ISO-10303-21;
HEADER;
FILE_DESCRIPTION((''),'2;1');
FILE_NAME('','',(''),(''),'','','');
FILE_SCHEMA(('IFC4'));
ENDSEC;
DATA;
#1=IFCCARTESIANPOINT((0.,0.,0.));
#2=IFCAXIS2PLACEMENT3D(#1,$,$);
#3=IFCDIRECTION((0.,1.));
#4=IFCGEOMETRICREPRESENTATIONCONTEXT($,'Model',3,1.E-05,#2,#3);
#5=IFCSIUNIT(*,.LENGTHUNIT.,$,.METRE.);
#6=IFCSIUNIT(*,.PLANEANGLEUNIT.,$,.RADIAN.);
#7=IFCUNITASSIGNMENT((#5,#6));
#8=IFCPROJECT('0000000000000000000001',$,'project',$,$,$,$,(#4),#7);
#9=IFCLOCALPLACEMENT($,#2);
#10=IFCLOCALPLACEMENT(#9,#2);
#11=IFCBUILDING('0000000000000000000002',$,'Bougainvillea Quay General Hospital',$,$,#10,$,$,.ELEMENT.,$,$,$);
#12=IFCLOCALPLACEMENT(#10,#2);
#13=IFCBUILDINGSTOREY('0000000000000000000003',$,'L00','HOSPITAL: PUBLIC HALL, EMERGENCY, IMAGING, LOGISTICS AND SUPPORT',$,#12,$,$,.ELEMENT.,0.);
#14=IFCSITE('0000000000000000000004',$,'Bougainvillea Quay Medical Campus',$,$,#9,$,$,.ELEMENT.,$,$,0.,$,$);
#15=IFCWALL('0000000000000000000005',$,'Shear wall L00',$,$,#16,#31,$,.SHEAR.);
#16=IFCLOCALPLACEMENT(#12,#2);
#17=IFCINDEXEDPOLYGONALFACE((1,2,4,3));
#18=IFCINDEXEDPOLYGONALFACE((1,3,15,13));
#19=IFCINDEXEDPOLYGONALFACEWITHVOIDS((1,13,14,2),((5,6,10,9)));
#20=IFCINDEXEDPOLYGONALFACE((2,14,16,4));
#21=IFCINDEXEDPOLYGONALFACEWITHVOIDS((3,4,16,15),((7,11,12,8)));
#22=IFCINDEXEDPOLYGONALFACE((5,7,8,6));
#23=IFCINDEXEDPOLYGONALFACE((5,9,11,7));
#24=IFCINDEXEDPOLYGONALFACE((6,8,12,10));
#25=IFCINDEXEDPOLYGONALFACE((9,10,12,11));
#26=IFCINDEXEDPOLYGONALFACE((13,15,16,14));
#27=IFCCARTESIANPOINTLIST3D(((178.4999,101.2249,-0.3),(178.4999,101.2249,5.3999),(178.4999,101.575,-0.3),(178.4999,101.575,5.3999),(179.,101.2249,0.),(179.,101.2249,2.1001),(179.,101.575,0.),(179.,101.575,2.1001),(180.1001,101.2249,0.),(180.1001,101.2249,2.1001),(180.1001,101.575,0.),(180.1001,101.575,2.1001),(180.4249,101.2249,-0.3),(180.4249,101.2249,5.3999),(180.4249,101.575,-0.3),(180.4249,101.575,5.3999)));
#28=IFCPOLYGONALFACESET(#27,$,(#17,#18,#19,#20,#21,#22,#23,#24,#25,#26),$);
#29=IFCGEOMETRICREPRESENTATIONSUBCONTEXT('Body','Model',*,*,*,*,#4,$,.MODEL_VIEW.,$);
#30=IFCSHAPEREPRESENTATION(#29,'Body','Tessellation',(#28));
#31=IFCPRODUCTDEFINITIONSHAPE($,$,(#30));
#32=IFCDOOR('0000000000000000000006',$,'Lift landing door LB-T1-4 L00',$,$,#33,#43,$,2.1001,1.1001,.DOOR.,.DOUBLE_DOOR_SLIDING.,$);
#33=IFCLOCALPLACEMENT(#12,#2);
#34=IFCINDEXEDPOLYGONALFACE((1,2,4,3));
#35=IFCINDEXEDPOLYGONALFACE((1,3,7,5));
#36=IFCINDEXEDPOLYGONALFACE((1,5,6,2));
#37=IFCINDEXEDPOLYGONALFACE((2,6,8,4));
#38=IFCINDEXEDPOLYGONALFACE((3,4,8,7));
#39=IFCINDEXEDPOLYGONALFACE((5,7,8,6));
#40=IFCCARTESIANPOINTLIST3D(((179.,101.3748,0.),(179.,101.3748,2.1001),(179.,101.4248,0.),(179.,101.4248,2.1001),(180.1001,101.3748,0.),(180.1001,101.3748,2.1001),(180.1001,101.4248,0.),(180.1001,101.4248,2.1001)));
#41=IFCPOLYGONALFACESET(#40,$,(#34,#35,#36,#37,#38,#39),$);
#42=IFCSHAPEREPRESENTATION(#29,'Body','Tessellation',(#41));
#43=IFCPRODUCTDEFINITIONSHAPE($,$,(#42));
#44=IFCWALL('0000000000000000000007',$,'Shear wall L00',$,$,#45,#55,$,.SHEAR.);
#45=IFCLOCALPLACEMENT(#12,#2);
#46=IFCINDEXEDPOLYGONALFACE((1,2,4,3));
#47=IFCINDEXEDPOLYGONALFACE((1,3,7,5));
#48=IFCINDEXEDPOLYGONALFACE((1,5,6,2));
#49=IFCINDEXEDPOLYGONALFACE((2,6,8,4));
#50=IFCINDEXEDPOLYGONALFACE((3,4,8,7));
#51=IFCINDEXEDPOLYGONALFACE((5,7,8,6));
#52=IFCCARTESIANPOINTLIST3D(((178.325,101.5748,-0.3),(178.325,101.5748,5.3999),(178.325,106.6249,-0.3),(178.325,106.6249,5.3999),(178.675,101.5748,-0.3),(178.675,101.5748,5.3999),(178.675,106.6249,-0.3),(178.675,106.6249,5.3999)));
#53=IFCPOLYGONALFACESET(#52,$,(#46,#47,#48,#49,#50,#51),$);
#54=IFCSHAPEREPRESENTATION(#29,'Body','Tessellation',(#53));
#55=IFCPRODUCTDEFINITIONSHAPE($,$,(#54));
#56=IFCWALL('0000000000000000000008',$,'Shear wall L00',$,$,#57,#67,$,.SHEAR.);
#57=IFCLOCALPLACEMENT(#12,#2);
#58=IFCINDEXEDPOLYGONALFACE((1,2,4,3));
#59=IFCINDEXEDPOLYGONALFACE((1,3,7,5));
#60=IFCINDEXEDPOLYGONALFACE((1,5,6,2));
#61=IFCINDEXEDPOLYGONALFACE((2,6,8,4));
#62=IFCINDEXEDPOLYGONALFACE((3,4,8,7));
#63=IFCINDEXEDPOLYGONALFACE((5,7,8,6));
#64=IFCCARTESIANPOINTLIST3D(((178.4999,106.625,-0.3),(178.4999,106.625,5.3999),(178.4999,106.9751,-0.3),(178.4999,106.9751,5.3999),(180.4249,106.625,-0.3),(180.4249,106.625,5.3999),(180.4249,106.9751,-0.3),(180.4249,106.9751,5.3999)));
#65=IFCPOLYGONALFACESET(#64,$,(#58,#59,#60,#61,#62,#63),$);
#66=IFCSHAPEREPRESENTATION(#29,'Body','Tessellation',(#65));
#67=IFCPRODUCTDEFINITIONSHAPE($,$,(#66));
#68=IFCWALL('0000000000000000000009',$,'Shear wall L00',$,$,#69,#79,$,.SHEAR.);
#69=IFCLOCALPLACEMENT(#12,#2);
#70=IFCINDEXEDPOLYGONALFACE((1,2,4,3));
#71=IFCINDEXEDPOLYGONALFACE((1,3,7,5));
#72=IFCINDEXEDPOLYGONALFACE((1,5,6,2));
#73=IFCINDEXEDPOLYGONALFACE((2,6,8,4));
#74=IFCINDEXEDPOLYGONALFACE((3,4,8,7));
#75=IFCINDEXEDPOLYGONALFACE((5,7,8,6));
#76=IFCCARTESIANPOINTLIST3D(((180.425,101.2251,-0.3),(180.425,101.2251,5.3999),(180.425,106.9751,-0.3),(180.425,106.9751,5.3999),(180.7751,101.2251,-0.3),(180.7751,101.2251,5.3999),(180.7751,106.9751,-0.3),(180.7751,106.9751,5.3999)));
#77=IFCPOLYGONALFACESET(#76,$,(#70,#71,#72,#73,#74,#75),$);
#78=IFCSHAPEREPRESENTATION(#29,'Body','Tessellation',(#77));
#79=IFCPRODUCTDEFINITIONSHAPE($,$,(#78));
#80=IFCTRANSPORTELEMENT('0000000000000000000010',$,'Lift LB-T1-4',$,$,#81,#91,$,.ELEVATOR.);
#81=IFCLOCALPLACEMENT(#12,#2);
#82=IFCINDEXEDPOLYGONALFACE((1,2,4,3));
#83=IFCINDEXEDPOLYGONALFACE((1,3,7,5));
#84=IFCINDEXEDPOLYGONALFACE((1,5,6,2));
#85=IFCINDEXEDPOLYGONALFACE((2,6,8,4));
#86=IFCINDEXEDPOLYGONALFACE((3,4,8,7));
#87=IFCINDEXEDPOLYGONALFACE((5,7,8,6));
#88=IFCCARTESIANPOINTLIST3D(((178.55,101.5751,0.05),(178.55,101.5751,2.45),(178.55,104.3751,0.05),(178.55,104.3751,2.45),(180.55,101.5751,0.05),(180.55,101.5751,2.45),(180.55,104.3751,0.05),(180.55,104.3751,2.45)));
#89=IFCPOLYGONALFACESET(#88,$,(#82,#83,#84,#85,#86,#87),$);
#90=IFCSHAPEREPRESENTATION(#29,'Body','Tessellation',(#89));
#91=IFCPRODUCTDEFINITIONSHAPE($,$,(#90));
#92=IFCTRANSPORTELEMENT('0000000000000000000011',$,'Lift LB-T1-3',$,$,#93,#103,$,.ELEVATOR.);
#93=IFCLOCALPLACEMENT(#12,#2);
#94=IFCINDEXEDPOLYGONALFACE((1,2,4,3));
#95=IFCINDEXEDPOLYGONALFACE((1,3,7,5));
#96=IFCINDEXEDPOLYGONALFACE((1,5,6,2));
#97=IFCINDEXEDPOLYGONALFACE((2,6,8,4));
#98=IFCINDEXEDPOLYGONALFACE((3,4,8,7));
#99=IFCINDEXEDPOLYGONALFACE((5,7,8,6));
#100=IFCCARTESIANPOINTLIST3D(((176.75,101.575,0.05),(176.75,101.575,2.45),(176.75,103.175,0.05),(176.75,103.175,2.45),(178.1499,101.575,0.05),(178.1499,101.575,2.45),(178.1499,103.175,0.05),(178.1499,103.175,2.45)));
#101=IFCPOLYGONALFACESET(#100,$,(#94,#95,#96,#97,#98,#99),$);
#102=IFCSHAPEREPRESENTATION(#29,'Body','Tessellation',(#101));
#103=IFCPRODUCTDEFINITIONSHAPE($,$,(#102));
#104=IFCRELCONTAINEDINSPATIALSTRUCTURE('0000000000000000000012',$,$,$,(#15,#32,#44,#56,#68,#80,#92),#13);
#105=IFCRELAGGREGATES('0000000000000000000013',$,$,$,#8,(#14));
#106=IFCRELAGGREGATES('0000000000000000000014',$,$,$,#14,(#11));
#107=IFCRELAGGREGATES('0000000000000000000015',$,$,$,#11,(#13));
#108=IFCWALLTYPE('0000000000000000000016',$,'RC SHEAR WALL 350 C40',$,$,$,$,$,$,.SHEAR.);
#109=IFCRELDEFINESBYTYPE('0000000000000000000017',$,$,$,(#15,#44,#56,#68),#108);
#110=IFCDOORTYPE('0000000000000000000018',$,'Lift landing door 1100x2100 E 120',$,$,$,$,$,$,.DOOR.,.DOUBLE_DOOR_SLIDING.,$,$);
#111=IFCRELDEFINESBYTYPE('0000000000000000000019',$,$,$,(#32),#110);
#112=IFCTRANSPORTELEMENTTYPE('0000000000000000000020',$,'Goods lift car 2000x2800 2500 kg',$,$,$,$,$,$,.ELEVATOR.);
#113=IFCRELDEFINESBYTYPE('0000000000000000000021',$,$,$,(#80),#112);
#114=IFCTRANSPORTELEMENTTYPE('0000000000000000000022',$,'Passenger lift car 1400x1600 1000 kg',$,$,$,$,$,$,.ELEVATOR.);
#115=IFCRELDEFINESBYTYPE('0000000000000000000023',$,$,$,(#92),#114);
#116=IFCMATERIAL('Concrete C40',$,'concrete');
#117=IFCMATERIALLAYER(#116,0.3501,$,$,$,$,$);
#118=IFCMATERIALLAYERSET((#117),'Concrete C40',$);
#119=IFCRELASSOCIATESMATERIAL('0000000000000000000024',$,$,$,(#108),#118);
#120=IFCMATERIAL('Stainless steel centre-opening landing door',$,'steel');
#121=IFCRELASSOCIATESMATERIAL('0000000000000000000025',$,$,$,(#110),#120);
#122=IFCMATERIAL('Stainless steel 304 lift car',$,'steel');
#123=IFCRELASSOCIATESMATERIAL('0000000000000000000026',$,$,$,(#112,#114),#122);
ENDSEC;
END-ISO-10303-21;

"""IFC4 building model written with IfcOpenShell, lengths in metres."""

from ifc_helpers import new_model, si_unit, direction, frame, frame_2d, origin, origin_2d, place, context, subcontext, project, spatial, rectangle, extrude, material, layer, layer_set, type_object, element, fill, save


model = new_model("IFC4")

# Units and contexts
model_context = context("Model", 3, precision=1e-05, world=origin(), true_north=direction((0.0, 1.0)))
body_context = subcontext(model_context, "Body", "Model", "MODEL_VIEW")
ifc_project = project(units=[si_unit("LENGTHUNIT", "METRE"), si_unit("PLANEANGLEUNIT", "RADIAN")], contexts=[model_context])

# Site, building, storey
site_placement = place(None, origin())
site = spatial("IfcSite", under=ifc_project, at=site_placement, Name="Bougainvillea Quay Medical Campus", CompositionType="ELEMENT", RefElevation=0.0)
building_placement = place(site_placement, origin())
building = spatial("IfcBuilding", under=site, at=building_placement, Name="Bougainvillea Quay General Hospital", CompositionType="ELEMENT")
storey_placement = place(building_placement, origin())
storey = spatial("IfcBuildingStorey", under=building, at=storey_placement, Name="L00", Description="HOSPITAL: PUBLIC HALL, EMERGENCY, IMAGING, LOGISTICS AND SUPPORT", CompositionType="ELEMENT", Elevation=0.0)

# Shared definitions
ifc_material_1 = material(Name="Concrete C40", Category="concrete")

# Shared definitions
ifc_layer_1 = layer(ifc_material_1, 0.3501)
ifc_layer_set_1 = layer_set([ifc_layer_1], Name="Concrete C40")
wall_type_1 = type_object("IfcWallType", Name="RC SHEAR WALL 350 C40", PredefinedType="SHEAR", material=ifc_layer_set_1)
ifc_material_2 = material(Name="Stainless steel centre-opening landing door", Category="steel")
door_type_1 = type_object("IfcDoorType", Name="Lift landing door 1100x2100 E 120", OperationType="DOUBLE_DOOR_SLIDING", PredefinedType="DOOR", material=ifc_material_2)

# Wall, opening, door
wall_1_placement = place(storey_placement, frame((178.5, 101.3999, -0.3), z_axis=(0.0, 0.0, 1.0), x_axis=(1.0, 0.0, 0.0)))
wall_1 = element("IfcWall", 1, at=wall_1_placement, inside=storey, type_object=wall_type_1, Name="Shear wall L00", PredefinedType="SHEAR", context=body_context, shape_type="SweptSolid", body=[
    extrude(rectangle(XDim=1.925, YDim=0.3501, at=frame_2d((0.9624, 0.0))), origin(), (0.0, 0.0, 1.0), 5.7),
])
opening_1_placement = place(wall_1_placement, frame((0.5, 0.0, 0.3)))
opening_1 = element("IfcOpeningElement", 2, at=opening_1_placement, cuts=wall_1, PredefinedType="OPENING", context=body_context, shape_type="SweptSolid", body=[
    extrude(rectangle(XDim=1.1001, YDim=2.1001, at=frame_2d((0.55, 1.05))), frame((0.0, 0.1851, 0.0), z_axis=(0.0, -1.0, 0.0), x_axis=(1.0, 0.0, 0.0)), (0.0, 0.0, 1.0), 0.3701),
])
door_1_placement = place(opening_1_placement, origin())
door_1 = element("IfcDoor", 3, at=door_1_placement, inside=storey, type_object=door_type_1, Name="Lift landing door LB-T1-4 L00", OperationType="DOUBLE_DOOR_SLIDING", OverallHeight=2.1001, OverallWidth=1.1001, PredefinedType="DOOR", context=body_context, shape_type="SweptSolid", body=[
    extrude(rectangle(XDim=1.1001, YDim=2.1001, at=frame_2d((0.55, 1.05))), frame((0.0, 0.0249, 0.0), z_axis=(0.0, -1.0, 0.0), x_axis=(1.0, 0.0, 0.0)), (0.0, 0.0, 1.0), 0.05),
])
fill(opening_1, door_1)

# Walls
wall_2_placement = place(storey_placement, frame((178.5, 101.575, -0.3), z_axis=(0.0, 0.0, 1.0), x_axis=(0.0, 1.0, 0.0)))
element("IfcWall", 4, at=wall_2_placement, inside=storey, type_object=wall_type_1, Name="Shear wall L00", PredefinedType="SHEAR", context=body_context, shape_type="SweptSolid", body=[
    extrude(rectangle(XDim=5.05, YDim=0.3501, at=frame_2d((2.5249, 0.0))), origin(), (0.0, 0.0, 1.0), 5.7),
])
wall_3_placement = place(storey_placement, frame((178.5, 106.8, -0.3), z_axis=(0.0, 0.0, 1.0), x_axis=(1.0, 0.0, 0.0)))
element("IfcWall", 5, at=wall_3_placement, inside=storey, type_object=wall_type_1, Name="Shear wall L00", PredefinedType="SHEAR", context=body_context, shape_type="SweptSolid", body=[
    extrude(rectangle(XDim=1.925, YDim=0.3501, at=frame_2d((0.9624, 0.0))), origin(), (0.0, 0.0, 1.0), 5.7),
])
wall_4_placement = place(storey_placement, frame((180.6001, 101.2251, -0.3), z_axis=(0.0, 0.0, 1.0), x_axis=(0.0, 1.0, 0.0)))
element("IfcWall", 6, at=wall_4_placement, inside=storey, type_object=wall_type_1, Name="Shear wall L00", PredefinedType="SHEAR", context=body_context, shape_type="SweptSolid", body=[
    extrude(rectangle(XDim=5.75, YDim=0.3501, at=frame_2d((2.875, 0.0))), origin(), (0.0, 0.0, 1.0), 5.7),
])

# Transport elements
ifc_material_3 = material(Name="Stainless steel 304 lift car", Category="steel")
transport_element_type_1 = type_object("IfcTransportElementType", Name="Goods lift car 2000x2800 2500 kg", PredefinedType="ELEVATOR", material=ifc_material_3)
transport_element_1_placement = place(storey_placement, frame((179.55, 102.9751, 0.05), z_axis=(0.0, 0.0, 1.0), x_axis=(1.0, 0.0, 0.0)))
element("IfcTransportElement", 7, at=transport_element_1_placement, inside=storey, type_object=transport_element_type_1, Name="Lift LB-T1-4", PredefinedType="ELEVATOR", context=body_context, shape_type="SweptSolid", body=[
    extrude(rectangle(XDim=2.0, YDim=2.8, at=origin_2d()), origin(), (0.0, 0.0, 1.0), 2.3999),
])
transport_element_type_2 = type_object("IfcTransportElementType", Name="Passenger lift car 1400x1600 1000 kg", PredefinedType="ELEVATOR", material=ifc_material_3)
transport_element_2_placement = place(storey_placement, frame((177.45, 102.375, 0.05), z_axis=(0.0, 0.0, 1.0), x_axis=(1.0, 0.0, 0.0)))
element("IfcTransportElement", 8, at=transport_element_2_placement, inside=storey, type_object=transport_element_type_2, Name="Lift LB-T1-3", PredefinedType="ELEVATOR", context=body_context, shape_type="SweptSolid", body=[
    extrude(rectangle(XDim=1.3999, YDim=1.6001, at=origin_2d()), origin(), (0.0, 0.0, 1.0), 2.3999),
])

save(model, "model.ifc")
